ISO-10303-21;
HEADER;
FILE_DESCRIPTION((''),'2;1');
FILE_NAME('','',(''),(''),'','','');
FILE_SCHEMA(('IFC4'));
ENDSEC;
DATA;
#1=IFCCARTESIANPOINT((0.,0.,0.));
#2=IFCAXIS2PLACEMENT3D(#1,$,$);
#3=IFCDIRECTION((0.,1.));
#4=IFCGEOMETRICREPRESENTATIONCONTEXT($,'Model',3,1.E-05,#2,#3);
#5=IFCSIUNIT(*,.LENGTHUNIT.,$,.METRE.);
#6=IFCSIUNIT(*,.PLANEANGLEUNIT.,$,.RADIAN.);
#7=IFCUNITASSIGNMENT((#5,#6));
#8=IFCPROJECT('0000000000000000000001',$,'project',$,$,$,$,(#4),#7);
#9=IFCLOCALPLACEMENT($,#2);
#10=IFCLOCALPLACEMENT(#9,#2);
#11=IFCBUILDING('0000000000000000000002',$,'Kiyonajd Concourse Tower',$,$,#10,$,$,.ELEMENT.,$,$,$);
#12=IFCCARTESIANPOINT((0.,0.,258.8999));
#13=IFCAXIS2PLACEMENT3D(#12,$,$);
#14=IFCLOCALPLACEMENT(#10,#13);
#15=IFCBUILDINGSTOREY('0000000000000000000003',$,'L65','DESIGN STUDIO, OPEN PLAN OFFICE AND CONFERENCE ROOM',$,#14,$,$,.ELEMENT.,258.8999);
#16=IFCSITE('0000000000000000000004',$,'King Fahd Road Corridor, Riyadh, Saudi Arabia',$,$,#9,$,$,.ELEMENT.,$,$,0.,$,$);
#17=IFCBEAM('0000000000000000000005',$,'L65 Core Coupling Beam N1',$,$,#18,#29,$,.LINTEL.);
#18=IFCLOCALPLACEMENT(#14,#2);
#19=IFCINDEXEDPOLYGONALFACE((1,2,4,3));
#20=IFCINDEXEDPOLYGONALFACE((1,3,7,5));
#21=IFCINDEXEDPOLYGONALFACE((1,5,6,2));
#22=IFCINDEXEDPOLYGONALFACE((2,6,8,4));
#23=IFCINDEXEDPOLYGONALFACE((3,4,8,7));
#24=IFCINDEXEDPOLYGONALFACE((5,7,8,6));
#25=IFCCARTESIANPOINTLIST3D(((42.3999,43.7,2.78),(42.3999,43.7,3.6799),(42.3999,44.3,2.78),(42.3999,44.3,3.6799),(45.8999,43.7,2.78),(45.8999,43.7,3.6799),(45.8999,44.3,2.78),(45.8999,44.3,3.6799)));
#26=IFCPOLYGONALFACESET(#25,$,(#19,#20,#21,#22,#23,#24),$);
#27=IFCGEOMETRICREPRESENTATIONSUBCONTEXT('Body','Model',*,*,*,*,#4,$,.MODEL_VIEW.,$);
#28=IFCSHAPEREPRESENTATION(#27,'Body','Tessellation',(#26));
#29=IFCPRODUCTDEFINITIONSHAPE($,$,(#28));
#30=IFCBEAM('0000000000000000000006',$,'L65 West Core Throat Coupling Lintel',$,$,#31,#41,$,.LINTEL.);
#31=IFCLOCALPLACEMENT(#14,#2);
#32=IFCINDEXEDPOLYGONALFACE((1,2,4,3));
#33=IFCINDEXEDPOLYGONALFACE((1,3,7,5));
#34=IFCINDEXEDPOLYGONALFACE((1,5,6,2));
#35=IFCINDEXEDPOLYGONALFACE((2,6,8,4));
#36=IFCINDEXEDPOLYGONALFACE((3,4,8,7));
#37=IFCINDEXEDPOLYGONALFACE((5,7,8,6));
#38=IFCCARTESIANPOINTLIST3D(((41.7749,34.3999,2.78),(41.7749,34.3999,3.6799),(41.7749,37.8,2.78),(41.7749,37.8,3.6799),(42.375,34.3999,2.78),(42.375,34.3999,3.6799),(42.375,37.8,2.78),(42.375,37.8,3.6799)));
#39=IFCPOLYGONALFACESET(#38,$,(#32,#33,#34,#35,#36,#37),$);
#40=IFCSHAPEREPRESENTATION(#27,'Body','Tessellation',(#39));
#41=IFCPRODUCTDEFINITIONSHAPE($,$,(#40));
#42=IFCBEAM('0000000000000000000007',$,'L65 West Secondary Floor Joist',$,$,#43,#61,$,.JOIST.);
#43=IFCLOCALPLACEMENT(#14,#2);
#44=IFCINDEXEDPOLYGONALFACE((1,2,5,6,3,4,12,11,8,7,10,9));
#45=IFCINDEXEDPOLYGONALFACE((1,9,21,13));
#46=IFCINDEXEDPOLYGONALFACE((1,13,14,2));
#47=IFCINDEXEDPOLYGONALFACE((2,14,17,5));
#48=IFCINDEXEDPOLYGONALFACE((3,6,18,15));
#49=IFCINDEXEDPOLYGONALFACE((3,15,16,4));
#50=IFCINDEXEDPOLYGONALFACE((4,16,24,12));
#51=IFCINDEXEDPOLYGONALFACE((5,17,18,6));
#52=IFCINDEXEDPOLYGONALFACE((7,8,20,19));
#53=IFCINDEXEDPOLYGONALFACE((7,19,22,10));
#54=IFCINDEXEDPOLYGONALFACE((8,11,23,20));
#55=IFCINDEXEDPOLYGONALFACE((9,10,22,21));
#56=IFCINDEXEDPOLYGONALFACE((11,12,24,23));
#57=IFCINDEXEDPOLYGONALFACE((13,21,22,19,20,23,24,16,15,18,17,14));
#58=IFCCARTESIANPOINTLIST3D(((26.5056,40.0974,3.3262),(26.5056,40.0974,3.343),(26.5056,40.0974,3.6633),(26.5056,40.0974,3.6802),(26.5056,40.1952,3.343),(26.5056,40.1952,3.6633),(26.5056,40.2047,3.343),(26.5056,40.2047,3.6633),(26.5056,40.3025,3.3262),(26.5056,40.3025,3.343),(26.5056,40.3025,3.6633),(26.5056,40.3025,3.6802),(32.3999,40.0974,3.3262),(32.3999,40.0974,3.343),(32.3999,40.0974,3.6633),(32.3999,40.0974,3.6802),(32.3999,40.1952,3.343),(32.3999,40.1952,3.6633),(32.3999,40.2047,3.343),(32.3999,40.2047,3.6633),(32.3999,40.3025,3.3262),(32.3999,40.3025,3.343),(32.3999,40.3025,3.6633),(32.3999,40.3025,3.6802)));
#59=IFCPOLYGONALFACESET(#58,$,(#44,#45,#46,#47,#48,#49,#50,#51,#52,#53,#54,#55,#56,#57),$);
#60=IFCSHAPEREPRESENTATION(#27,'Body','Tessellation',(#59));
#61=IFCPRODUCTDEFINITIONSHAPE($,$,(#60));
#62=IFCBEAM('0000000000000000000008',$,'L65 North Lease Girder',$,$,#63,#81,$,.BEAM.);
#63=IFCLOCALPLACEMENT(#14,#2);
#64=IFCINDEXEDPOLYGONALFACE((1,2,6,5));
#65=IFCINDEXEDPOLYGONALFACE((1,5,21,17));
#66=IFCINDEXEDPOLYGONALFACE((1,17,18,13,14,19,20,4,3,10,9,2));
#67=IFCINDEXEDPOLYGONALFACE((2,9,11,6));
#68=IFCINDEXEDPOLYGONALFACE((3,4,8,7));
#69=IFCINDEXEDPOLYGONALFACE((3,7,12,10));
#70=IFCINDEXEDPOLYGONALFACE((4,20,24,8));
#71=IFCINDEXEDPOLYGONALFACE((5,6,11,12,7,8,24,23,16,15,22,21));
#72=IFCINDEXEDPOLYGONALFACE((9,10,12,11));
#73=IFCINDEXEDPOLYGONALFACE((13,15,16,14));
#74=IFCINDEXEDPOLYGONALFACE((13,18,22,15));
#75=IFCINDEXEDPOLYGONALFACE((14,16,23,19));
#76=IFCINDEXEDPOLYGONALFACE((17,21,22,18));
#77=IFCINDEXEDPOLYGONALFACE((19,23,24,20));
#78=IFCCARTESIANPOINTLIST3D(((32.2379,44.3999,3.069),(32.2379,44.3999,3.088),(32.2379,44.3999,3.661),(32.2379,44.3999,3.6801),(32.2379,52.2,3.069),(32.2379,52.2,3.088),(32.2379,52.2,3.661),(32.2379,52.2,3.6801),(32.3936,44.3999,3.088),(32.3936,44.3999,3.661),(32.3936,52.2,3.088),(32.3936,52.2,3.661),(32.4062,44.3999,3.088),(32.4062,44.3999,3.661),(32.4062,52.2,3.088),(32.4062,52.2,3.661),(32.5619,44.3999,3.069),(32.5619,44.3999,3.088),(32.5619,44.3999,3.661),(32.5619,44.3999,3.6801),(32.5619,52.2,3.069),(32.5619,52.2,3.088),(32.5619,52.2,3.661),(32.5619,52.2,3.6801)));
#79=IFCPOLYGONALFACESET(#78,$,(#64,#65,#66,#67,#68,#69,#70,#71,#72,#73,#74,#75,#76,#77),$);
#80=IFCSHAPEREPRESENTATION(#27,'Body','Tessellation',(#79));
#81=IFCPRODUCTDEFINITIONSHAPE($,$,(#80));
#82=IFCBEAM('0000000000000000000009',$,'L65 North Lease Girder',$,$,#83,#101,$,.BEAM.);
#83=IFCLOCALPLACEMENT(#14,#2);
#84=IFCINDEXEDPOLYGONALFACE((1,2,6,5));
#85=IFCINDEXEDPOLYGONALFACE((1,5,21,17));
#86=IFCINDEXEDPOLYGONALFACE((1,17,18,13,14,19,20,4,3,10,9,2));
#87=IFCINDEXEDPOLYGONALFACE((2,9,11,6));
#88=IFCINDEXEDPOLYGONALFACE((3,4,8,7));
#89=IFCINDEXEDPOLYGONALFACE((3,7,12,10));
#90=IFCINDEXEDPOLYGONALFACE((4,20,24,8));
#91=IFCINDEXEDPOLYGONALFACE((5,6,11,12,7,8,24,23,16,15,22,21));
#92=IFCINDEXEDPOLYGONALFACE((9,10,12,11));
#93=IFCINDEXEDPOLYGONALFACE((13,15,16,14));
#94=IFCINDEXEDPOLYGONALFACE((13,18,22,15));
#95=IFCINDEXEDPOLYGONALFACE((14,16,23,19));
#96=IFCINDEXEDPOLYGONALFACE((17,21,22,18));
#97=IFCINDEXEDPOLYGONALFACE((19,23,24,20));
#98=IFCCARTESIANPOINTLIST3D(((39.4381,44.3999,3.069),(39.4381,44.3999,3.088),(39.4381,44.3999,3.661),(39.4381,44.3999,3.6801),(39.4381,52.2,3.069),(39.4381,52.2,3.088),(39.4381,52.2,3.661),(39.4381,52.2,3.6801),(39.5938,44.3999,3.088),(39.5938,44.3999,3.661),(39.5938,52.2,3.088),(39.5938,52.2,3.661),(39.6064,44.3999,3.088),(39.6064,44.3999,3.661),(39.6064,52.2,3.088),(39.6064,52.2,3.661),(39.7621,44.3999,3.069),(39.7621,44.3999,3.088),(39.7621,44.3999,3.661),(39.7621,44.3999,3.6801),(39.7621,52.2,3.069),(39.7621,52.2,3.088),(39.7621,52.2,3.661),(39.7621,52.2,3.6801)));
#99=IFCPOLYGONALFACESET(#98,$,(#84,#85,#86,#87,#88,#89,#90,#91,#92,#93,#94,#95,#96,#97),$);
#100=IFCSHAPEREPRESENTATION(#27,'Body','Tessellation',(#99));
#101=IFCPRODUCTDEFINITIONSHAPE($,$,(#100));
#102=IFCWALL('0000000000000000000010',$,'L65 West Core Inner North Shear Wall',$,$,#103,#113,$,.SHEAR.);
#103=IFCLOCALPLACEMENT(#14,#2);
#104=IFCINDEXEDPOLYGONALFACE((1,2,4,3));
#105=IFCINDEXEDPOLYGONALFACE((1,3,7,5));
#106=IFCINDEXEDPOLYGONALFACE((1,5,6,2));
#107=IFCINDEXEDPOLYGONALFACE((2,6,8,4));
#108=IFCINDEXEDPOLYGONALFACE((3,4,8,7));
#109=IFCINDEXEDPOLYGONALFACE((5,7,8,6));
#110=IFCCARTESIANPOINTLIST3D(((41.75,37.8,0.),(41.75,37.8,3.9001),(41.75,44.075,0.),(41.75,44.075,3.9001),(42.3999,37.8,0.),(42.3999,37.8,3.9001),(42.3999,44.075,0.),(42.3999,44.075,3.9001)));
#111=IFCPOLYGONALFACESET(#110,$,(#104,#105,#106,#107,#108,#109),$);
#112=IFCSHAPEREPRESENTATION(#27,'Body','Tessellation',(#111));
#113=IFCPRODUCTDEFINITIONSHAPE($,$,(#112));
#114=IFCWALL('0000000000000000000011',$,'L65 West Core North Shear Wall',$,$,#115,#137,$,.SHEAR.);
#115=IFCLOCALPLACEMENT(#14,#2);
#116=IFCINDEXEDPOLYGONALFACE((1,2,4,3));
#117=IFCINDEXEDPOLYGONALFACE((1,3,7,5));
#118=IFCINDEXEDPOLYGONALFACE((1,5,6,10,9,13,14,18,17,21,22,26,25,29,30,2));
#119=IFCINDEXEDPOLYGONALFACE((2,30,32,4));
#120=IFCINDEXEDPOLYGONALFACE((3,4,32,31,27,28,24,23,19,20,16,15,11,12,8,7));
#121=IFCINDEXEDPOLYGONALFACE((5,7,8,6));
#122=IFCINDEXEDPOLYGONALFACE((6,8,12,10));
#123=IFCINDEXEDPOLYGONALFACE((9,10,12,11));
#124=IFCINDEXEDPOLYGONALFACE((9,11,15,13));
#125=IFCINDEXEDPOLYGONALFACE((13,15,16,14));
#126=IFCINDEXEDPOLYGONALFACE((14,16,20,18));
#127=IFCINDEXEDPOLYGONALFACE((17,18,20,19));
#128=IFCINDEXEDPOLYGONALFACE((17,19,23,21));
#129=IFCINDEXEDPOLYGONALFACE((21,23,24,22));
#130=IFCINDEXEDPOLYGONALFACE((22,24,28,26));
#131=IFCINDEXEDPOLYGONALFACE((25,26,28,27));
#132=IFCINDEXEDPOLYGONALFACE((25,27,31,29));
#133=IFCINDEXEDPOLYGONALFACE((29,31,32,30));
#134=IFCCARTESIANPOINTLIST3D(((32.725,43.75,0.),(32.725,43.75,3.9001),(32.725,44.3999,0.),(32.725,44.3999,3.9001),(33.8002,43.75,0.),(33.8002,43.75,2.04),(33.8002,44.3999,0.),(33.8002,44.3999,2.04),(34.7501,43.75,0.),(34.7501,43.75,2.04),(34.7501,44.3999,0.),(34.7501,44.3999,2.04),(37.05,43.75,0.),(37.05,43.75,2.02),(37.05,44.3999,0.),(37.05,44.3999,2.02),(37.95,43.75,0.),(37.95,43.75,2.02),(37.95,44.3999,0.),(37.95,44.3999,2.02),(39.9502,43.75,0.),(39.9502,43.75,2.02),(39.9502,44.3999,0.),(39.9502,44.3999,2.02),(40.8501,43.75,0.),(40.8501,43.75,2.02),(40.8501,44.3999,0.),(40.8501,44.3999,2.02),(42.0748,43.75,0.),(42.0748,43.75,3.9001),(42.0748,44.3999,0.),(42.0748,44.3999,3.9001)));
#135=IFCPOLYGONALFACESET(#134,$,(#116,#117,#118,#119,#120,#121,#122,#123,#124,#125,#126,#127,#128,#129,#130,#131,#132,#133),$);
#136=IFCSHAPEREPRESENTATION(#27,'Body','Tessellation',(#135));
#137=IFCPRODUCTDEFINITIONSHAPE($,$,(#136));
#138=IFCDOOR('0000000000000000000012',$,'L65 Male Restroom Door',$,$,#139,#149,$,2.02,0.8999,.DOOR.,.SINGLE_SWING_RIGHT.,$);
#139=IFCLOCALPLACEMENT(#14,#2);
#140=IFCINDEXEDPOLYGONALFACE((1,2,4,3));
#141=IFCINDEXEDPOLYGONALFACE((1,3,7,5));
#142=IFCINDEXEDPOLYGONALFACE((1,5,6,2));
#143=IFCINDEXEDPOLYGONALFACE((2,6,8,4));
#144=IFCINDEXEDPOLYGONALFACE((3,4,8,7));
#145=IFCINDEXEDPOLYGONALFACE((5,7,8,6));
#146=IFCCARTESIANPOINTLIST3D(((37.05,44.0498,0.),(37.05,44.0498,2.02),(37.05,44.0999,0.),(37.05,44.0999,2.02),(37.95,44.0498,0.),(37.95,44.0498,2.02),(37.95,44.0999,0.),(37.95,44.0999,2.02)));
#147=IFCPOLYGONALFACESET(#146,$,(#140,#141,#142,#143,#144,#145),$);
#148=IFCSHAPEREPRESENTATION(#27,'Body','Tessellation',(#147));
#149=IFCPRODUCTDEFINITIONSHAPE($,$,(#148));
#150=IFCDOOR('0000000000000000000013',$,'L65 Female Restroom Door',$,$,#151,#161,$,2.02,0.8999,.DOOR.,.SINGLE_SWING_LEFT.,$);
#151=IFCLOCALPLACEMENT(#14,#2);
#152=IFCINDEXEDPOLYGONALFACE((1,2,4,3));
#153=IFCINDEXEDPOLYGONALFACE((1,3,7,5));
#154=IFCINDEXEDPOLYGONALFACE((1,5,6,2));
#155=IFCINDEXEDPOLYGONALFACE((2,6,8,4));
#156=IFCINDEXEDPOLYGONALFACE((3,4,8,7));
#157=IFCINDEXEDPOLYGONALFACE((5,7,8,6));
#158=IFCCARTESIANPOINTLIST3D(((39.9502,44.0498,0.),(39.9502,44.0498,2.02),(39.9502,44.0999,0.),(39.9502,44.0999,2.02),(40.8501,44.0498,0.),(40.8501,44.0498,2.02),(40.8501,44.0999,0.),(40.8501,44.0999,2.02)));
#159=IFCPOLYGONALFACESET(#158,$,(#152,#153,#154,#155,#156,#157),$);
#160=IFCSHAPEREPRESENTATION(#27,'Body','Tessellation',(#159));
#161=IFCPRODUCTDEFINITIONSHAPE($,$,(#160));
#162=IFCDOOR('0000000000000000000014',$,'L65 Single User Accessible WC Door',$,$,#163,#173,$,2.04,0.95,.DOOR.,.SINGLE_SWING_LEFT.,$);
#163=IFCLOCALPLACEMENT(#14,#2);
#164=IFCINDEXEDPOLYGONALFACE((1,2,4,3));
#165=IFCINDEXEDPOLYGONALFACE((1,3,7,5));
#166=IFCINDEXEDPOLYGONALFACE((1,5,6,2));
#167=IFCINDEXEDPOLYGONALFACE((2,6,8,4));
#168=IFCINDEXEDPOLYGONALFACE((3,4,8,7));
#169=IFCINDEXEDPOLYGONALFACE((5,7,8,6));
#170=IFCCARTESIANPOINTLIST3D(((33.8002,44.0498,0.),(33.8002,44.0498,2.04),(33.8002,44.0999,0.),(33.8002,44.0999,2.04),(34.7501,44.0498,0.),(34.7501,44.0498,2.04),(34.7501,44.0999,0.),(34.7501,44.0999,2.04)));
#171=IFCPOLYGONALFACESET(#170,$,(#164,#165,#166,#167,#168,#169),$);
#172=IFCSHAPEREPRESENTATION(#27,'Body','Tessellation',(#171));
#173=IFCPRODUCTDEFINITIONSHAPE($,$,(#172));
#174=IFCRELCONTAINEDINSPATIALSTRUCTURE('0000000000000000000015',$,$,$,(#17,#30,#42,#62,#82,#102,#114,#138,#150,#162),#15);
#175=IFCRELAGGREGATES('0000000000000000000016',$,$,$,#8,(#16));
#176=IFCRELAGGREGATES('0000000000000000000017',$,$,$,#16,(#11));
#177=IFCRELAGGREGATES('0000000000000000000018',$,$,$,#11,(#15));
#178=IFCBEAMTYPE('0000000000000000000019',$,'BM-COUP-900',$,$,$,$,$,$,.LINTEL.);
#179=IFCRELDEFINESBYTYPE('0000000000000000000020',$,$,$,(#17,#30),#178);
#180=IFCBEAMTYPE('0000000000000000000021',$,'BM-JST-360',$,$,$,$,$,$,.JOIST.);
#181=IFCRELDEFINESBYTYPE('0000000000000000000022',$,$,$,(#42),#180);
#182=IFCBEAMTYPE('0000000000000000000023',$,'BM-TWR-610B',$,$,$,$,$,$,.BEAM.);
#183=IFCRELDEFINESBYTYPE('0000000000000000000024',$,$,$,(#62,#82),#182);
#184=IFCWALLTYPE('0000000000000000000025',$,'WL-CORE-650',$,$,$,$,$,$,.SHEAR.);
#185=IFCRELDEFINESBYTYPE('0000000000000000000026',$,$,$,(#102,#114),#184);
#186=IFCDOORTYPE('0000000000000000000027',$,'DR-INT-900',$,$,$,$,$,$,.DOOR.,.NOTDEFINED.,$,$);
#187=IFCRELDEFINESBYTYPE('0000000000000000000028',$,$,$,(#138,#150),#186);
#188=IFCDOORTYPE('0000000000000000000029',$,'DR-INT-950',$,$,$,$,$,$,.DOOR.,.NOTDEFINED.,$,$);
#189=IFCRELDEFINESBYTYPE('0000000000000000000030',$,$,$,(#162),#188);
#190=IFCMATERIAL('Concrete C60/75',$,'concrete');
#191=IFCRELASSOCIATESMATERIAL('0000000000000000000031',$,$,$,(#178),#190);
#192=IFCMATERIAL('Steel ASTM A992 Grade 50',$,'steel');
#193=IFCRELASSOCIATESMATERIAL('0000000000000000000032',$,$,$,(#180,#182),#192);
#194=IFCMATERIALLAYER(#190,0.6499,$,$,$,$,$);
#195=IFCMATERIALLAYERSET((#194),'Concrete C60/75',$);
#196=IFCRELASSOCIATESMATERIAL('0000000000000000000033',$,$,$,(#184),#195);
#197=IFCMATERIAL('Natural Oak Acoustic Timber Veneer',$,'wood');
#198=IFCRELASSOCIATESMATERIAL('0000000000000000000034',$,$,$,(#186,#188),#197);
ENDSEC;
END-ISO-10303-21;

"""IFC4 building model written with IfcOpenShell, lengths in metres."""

from ifc_helpers import new_model, si_unit, direction, frame, frame_2d, origin, origin_2d, place, context, subcontext, project, spatial, rectangle, i_section, extrude, material, layer, layer_set, material_profile, profile_set, type_object, element, fill, save


model = new_model("IFC4")

# Units and contexts
model_context = context("Model", 3, precision=1e-05, world=origin(), true_north=direction((0.0, 1.0)))
body_context = subcontext(model_context, "Body", "Model", "MODEL_VIEW")
ifc_project = project(units=[si_unit("LENGTHUNIT", "METRE"), si_unit("PLANEANGLEUNIT", "RADIAN")], contexts=[model_context])

# Site, building, storey
site_placement = place(None, origin())
site = spatial("IfcSite", under=ifc_project, at=site_placement, Name="King Fahd Road Corridor, Riyadh, Saudi Arabia", CompositionType="ELEMENT", RefElevation=0.0)
building_placement = place(site_placement, origin())
building = spatial("IfcBuilding", under=site, at=building_placement, Name="Kiyonajd Concourse Tower", CompositionType="ELEMENT")
storey_placement = place(building_placement, frame((0.0, 0.0, 258.8999)))
storey = spatial("IfcBuildingStorey", under=building, at=storey_placement, Name="L65", Description="DESIGN STUDIO, OPEN PLAN OFFICE AND CONFERENCE ROOM", CompositionType="ELEMENT", Elevation=258.8999)

# Beams
ifc_material_1 = material(Name="Concrete C60/75", Category="concrete")
ifc_material_profile_1 = material_profile(ifc_material_1, rectangle(XDim=0.6001, YDim=0.8999, at=origin_2d()), Name="RCBM-600x900")
ifc_profile_set_1 = profile_set([ifc_material_profile_1], Name="Concrete C60/75")
beam_type_1 = type_object("IfcBeamType", Name="BM-COUP-900", PredefinedType="LINTEL", material=ifc_profile_set_1)
beam_1_placement = place(storey_placement, frame((42.3999, 44.0, 3.23), z_axis=(1.0, 0.0, 0.0), x_axis=(0.0, 1.0, 0.0)))
element("IfcBeam", 1, at=beam_1_placement, inside=storey, type_object=beam_type_1, Name="L65 Core Coupling Beam N1", PredefinedType="LINTEL", context=body_context, shape_type="SweptSolid", body=[
    extrude(rectangle(XDim=0.6001, YDim=0.8999, at=origin_2d()), origin(), (0.0, 0.0, 1.0), 3.5),
])
beam_2_placement = place(storey_placement, frame((42.075, 34.3999, 3.23), z_axis=(0.0, 1.0, 0.0), x_axis=(-1.0, 0.0, 0.0)))
element("IfcBeam", 2, at=beam_2_placement, inside=storey, type_object=beam_type_1, Name="L65 West Core Throat Coupling Lintel", PredefinedType="LINTEL", context=body_context, shape_type="SweptSolid", body=[
    extrude(rectangle(XDim=0.6001, YDim=0.8999, at=origin_2d()), origin(), (0.0, 0.0, 1.0), 3.4001),
])
ifc_material_2 = material(Name="Steel ASTM A992 Grade 50", Category="steel")
ifc_material_profile_2 = material_profile(ifc_material_2, i_section(OverallWidth=0.2051, OverallDepth=0.354, WebThickness=0.0095, FlangeThickness=0.0168, at=origin_2d()), Name="W360X79")
ifc_profile_set_2 = profile_set([ifc_material_profile_2], Name="Steel ASTM A992 Grade 50")
beam_type_2 = type_object("IfcBeamType", Name="BM-JST-360", PredefinedType="JOIST", material=ifc_profile_set_2)
beam_3_placement = place(storey_placement, frame((26.5056, 40.2, 3.5032), z_axis=(1.0, 0.0, 0.0), x_axis=(0.0, 1.0, 0.0)))
element("IfcBeam", 3, at=beam_3_placement, inside=storey, type_object=beam_type_2, Name="L65 West Secondary Floor Joist", PredefinedType="JOIST", context=body_context, shape_type="SweptSolid", body=[
    extrude(i_section(OverallWidth=0.2051, OverallDepth=0.354, WebThickness=0.0095, FlangeThickness=0.0168, at=origin_2d()), origin(), (0.0, 0.0, 1.0), 5.8943),
])
ifc_material_profile_3 = material_profile(ifc_material_2, i_section(OverallWidth=0.324, OverallDepth=0.6111, WebThickness=0.0127, FlangeThickness=0.019, at=origin_2d()), Name="W610X155")
ifc_profile_set_3 = profile_set([ifc_material_profile_3], Name="Steel ASTM A992 Grade 50")
beam_type_3 = type_object("IfcBeamType", Name="BM-TWR-610B", PredefinedType="BEAM", material=ifc_profile_set_3)
for number, where, z_axis, x_axis, name in (
    (4, (32.3999, 44.3999, 3.3745), (0.0, 1.0, 0.0), (-1.0, 0.0, 0.0), "L65 North Lease Girder"),
    (5, (39.6001, 44.3999, 3.3745), (0.0, 1.0, 0.0), (-1.0, 0.0, 0.0), "L65 North Lease Girder"),
):
    element("IfcBeam", number, at=place(storey_placement, frame(where, z_axis=z_axis, x_axis=x_axis)), inside=storey, type_object=beam_type_3, Name=name, PredefinedType="BEAM", context=body_context, shape_type="SweptSolid", body=[
        extrude(i_section(OverallWidth=0.324, OverallDepth=0.6111, WebThickness=0.0127, FlangeThickness=0.019, at=origin_2d()), origin(), (0.0, 0.0, 1.0), 7.8),
    ])

# Wall
ifc_layer_1 = layer(ifc_material_1, 0.6499)
ifc_layer_set_1 = layer_set([ifc_layer_1], Name="Concrete C60/75")
wall_type_1 = type_object("IfcWallType", Name="WL-CORE-650", PredefinedType="SHEAR", material=ifc_layer_set_1)
wall_1_placement = place(storey_placement, frame((42.075, 37.8, 0.0), z_axis=(0.0, 0.0, 1.0), x_axis=(0.0, 1.0, 0.0)))
element("IfcWall", 6, at=wall_1_placement, inside=storey, type_object=wall_type_1, Name="L65 West Core Inner North Shear Wall", PredefinedType="SHEAR", context=body_context, shape_type="SweptSolid", body=[
    extrude(rectangle(XDim=6.2749, YDim=0.6499, at=frame_2d((3.1375, 0.0))), origin(), (0.0, 0.0, 1.0), 3.9001),
])

# Wall, openings, doors
wall_2_placement = place(storey_placement, frame((32.7251, 44.075, 0.0), z_axis=(0.0, 0.0, 1.0), x_axis=(1.0, 0.0, 0.0)))
wall_2 = element("IfcWall", 7, at=wall_2_placement, inside=storey, type_object=wall_type_1, Name="L65 West Core North Shear Wall", PredefinedType="SHEAR", context=body_context, shape_type="SweptSolid", body=[
    extrude(rectangle(XDim=9.3499, YDim=0.6499, at=frame_2d((4.6748, 0.0))), origin(), (0.0, 0.0, 1.0), 3.9001),
])
opening_1_placement = place(wall_2_placement, frame((1.075, 0.0, 0.0)))
opening_1 = element("IfcOpeningElement", 8, at=opening_1_placement, cuts=wall_2, PredefinedType="OPENING", context=body_context, shape_type="SweptSolid", body=[
    extrude(rectangle(XDim=0.95, YDim=2.04, at=frame_2d((0.4751, 1.02))), frame((0.0, 0.335, 0.0), z_axis=(0.0, -1.0, 0.0), x_axis=(1.0, 0.0, 0.0)), (0.0, 0.0, 1.0), 0.6699),
])
opening_2_placement = place(wall_2_placement, frame((4.325, 0.0, 0.0)))
opening_2 = element("IfcOpeningElement", 9, at=opening_2_placement, cuts=wall_2, PredefinedType="OPENING", context=body_context, shape_type="SweptSolid", body=[
    extrude(rectangle(XDim=0.8999, YDim=2.02, at=frame_2d((0.45, 1.01))), frame((0.0, 0.335, 0.0), z_axis=(0.0, -1.0, 0.0), x_axis=(1.0, 0.0, 0.0)), (0.0, 0.0, 1.0), 0.6699),
])
opening_3_placement = place(wall_2_placement, frame((7.2251, 0.0, 0.0)))
opening_3 = element("IfcOpeningElement", 10, at=opening_3_placement, cuts=wall_2, PredefinedType="OPENING", context=body_context, shape_type="SweptSolid", body=[
    extrude(rectangle(XDim=0.8999, YDim=2.02, at=frame_2d((0.45, 1.01))), frame((0.0, 0.335, 0.0), z_axis=(0.0, -1.0, 0.0), x_axis=(1.0, 0.0, 0.0)), (0.0, 0.0, 1.0), 0.6699),
])
ifc_material_3 = material(Name="Natural Oak Acoustic Timber Veneer", Category="wood")
door_type_1 = type_object("IfcDoorType", Name="DR-INT-900", OperationType="NOTDEFINED", PredefinedType="DOOR", material=ifc_material_3)
door_1_placement = place(opening_2_placement, origin())
door_1 = element("IfcDoor", 11, at=door_1_placement, inside=storey, type_object=door_type_1, Name="L65 Male Restroom Door", OperationType="SINGLE_SWING_RIGHT", OverallHeight=2.02, OverallWidth=0.8999, PredefinedType="DOOR", context=body_context, shape_type="SweptSolid", body=[
    extrude(rectangle(XDim=0.8999, YDim=2.02, at=frame_2d((0.45, 1.01))), frame((0.0, 0.0249, 0.0), z_axis=(0.0, -1.0, 0.0), x_axis=(1.0, 0.0, 0.0)), (0.0, 0.0, 1.0), 0.05),
])
fill(opening_2, door_1)
door_2_placement = place(opening_3_placement, origin())
door_2 = element("IfcDoor", 12, at=door_2_placement, inside=storey, type_object=door_type_1, Name="L65 Female Restroom Door", OperationType="SINGLE_SWING_LEFT", OverallHeight=2.02, OverallWidth=0.8999, PredefinedType="DOOR", context=body_context, shape_type="SweptSolid", body=[
    extrude(rectangle(XDim=0.8999, YDim=2.02, at=frame_2d((0.45, 1.01))), frame((0.0, 0.0249, 0.0), z_axis=(0.0, -1.0, 0.0), x_axis=(1.0, 0.0, 0.0)), (0.0, 0.0, 1.0), 0.05),
])
fill(opening_3, door_2)
door_type_2 = type_object("IfcDoorType", Name="DR-INT-950", OperationType="NOTDEFINED", PredefinedType="DOOR", material=ifc_material_3)
door_3_placement = place(opening_1_placement, origin())
door_3 = element("IfcDoor", 13, at=door_3_placement, inside=storey, type_object=door_type_2, Name="L65 Single User Accessible WC Door", OperationType="SINGLE_SWING_LEFT", OverallHeight=2.04, OverallWidth=0.95, PredefinedType="DOOR", context=body_context, shape_type="SweptSolid", body=[
    extrude(rectangle(XDim=0.95, YDim=2.04, at=frame_2d((0.4751, 1.02))), frame((0.0, 0.0249, 0.0), z_axis=(0.0, -1.0, 0.0), x_axis=(1.0, 0.0, 0.0)), (0.0, 0.0, 1.0), 0.05),
])
fill(opening_1, door_3)

save(model, "model.ifc")
